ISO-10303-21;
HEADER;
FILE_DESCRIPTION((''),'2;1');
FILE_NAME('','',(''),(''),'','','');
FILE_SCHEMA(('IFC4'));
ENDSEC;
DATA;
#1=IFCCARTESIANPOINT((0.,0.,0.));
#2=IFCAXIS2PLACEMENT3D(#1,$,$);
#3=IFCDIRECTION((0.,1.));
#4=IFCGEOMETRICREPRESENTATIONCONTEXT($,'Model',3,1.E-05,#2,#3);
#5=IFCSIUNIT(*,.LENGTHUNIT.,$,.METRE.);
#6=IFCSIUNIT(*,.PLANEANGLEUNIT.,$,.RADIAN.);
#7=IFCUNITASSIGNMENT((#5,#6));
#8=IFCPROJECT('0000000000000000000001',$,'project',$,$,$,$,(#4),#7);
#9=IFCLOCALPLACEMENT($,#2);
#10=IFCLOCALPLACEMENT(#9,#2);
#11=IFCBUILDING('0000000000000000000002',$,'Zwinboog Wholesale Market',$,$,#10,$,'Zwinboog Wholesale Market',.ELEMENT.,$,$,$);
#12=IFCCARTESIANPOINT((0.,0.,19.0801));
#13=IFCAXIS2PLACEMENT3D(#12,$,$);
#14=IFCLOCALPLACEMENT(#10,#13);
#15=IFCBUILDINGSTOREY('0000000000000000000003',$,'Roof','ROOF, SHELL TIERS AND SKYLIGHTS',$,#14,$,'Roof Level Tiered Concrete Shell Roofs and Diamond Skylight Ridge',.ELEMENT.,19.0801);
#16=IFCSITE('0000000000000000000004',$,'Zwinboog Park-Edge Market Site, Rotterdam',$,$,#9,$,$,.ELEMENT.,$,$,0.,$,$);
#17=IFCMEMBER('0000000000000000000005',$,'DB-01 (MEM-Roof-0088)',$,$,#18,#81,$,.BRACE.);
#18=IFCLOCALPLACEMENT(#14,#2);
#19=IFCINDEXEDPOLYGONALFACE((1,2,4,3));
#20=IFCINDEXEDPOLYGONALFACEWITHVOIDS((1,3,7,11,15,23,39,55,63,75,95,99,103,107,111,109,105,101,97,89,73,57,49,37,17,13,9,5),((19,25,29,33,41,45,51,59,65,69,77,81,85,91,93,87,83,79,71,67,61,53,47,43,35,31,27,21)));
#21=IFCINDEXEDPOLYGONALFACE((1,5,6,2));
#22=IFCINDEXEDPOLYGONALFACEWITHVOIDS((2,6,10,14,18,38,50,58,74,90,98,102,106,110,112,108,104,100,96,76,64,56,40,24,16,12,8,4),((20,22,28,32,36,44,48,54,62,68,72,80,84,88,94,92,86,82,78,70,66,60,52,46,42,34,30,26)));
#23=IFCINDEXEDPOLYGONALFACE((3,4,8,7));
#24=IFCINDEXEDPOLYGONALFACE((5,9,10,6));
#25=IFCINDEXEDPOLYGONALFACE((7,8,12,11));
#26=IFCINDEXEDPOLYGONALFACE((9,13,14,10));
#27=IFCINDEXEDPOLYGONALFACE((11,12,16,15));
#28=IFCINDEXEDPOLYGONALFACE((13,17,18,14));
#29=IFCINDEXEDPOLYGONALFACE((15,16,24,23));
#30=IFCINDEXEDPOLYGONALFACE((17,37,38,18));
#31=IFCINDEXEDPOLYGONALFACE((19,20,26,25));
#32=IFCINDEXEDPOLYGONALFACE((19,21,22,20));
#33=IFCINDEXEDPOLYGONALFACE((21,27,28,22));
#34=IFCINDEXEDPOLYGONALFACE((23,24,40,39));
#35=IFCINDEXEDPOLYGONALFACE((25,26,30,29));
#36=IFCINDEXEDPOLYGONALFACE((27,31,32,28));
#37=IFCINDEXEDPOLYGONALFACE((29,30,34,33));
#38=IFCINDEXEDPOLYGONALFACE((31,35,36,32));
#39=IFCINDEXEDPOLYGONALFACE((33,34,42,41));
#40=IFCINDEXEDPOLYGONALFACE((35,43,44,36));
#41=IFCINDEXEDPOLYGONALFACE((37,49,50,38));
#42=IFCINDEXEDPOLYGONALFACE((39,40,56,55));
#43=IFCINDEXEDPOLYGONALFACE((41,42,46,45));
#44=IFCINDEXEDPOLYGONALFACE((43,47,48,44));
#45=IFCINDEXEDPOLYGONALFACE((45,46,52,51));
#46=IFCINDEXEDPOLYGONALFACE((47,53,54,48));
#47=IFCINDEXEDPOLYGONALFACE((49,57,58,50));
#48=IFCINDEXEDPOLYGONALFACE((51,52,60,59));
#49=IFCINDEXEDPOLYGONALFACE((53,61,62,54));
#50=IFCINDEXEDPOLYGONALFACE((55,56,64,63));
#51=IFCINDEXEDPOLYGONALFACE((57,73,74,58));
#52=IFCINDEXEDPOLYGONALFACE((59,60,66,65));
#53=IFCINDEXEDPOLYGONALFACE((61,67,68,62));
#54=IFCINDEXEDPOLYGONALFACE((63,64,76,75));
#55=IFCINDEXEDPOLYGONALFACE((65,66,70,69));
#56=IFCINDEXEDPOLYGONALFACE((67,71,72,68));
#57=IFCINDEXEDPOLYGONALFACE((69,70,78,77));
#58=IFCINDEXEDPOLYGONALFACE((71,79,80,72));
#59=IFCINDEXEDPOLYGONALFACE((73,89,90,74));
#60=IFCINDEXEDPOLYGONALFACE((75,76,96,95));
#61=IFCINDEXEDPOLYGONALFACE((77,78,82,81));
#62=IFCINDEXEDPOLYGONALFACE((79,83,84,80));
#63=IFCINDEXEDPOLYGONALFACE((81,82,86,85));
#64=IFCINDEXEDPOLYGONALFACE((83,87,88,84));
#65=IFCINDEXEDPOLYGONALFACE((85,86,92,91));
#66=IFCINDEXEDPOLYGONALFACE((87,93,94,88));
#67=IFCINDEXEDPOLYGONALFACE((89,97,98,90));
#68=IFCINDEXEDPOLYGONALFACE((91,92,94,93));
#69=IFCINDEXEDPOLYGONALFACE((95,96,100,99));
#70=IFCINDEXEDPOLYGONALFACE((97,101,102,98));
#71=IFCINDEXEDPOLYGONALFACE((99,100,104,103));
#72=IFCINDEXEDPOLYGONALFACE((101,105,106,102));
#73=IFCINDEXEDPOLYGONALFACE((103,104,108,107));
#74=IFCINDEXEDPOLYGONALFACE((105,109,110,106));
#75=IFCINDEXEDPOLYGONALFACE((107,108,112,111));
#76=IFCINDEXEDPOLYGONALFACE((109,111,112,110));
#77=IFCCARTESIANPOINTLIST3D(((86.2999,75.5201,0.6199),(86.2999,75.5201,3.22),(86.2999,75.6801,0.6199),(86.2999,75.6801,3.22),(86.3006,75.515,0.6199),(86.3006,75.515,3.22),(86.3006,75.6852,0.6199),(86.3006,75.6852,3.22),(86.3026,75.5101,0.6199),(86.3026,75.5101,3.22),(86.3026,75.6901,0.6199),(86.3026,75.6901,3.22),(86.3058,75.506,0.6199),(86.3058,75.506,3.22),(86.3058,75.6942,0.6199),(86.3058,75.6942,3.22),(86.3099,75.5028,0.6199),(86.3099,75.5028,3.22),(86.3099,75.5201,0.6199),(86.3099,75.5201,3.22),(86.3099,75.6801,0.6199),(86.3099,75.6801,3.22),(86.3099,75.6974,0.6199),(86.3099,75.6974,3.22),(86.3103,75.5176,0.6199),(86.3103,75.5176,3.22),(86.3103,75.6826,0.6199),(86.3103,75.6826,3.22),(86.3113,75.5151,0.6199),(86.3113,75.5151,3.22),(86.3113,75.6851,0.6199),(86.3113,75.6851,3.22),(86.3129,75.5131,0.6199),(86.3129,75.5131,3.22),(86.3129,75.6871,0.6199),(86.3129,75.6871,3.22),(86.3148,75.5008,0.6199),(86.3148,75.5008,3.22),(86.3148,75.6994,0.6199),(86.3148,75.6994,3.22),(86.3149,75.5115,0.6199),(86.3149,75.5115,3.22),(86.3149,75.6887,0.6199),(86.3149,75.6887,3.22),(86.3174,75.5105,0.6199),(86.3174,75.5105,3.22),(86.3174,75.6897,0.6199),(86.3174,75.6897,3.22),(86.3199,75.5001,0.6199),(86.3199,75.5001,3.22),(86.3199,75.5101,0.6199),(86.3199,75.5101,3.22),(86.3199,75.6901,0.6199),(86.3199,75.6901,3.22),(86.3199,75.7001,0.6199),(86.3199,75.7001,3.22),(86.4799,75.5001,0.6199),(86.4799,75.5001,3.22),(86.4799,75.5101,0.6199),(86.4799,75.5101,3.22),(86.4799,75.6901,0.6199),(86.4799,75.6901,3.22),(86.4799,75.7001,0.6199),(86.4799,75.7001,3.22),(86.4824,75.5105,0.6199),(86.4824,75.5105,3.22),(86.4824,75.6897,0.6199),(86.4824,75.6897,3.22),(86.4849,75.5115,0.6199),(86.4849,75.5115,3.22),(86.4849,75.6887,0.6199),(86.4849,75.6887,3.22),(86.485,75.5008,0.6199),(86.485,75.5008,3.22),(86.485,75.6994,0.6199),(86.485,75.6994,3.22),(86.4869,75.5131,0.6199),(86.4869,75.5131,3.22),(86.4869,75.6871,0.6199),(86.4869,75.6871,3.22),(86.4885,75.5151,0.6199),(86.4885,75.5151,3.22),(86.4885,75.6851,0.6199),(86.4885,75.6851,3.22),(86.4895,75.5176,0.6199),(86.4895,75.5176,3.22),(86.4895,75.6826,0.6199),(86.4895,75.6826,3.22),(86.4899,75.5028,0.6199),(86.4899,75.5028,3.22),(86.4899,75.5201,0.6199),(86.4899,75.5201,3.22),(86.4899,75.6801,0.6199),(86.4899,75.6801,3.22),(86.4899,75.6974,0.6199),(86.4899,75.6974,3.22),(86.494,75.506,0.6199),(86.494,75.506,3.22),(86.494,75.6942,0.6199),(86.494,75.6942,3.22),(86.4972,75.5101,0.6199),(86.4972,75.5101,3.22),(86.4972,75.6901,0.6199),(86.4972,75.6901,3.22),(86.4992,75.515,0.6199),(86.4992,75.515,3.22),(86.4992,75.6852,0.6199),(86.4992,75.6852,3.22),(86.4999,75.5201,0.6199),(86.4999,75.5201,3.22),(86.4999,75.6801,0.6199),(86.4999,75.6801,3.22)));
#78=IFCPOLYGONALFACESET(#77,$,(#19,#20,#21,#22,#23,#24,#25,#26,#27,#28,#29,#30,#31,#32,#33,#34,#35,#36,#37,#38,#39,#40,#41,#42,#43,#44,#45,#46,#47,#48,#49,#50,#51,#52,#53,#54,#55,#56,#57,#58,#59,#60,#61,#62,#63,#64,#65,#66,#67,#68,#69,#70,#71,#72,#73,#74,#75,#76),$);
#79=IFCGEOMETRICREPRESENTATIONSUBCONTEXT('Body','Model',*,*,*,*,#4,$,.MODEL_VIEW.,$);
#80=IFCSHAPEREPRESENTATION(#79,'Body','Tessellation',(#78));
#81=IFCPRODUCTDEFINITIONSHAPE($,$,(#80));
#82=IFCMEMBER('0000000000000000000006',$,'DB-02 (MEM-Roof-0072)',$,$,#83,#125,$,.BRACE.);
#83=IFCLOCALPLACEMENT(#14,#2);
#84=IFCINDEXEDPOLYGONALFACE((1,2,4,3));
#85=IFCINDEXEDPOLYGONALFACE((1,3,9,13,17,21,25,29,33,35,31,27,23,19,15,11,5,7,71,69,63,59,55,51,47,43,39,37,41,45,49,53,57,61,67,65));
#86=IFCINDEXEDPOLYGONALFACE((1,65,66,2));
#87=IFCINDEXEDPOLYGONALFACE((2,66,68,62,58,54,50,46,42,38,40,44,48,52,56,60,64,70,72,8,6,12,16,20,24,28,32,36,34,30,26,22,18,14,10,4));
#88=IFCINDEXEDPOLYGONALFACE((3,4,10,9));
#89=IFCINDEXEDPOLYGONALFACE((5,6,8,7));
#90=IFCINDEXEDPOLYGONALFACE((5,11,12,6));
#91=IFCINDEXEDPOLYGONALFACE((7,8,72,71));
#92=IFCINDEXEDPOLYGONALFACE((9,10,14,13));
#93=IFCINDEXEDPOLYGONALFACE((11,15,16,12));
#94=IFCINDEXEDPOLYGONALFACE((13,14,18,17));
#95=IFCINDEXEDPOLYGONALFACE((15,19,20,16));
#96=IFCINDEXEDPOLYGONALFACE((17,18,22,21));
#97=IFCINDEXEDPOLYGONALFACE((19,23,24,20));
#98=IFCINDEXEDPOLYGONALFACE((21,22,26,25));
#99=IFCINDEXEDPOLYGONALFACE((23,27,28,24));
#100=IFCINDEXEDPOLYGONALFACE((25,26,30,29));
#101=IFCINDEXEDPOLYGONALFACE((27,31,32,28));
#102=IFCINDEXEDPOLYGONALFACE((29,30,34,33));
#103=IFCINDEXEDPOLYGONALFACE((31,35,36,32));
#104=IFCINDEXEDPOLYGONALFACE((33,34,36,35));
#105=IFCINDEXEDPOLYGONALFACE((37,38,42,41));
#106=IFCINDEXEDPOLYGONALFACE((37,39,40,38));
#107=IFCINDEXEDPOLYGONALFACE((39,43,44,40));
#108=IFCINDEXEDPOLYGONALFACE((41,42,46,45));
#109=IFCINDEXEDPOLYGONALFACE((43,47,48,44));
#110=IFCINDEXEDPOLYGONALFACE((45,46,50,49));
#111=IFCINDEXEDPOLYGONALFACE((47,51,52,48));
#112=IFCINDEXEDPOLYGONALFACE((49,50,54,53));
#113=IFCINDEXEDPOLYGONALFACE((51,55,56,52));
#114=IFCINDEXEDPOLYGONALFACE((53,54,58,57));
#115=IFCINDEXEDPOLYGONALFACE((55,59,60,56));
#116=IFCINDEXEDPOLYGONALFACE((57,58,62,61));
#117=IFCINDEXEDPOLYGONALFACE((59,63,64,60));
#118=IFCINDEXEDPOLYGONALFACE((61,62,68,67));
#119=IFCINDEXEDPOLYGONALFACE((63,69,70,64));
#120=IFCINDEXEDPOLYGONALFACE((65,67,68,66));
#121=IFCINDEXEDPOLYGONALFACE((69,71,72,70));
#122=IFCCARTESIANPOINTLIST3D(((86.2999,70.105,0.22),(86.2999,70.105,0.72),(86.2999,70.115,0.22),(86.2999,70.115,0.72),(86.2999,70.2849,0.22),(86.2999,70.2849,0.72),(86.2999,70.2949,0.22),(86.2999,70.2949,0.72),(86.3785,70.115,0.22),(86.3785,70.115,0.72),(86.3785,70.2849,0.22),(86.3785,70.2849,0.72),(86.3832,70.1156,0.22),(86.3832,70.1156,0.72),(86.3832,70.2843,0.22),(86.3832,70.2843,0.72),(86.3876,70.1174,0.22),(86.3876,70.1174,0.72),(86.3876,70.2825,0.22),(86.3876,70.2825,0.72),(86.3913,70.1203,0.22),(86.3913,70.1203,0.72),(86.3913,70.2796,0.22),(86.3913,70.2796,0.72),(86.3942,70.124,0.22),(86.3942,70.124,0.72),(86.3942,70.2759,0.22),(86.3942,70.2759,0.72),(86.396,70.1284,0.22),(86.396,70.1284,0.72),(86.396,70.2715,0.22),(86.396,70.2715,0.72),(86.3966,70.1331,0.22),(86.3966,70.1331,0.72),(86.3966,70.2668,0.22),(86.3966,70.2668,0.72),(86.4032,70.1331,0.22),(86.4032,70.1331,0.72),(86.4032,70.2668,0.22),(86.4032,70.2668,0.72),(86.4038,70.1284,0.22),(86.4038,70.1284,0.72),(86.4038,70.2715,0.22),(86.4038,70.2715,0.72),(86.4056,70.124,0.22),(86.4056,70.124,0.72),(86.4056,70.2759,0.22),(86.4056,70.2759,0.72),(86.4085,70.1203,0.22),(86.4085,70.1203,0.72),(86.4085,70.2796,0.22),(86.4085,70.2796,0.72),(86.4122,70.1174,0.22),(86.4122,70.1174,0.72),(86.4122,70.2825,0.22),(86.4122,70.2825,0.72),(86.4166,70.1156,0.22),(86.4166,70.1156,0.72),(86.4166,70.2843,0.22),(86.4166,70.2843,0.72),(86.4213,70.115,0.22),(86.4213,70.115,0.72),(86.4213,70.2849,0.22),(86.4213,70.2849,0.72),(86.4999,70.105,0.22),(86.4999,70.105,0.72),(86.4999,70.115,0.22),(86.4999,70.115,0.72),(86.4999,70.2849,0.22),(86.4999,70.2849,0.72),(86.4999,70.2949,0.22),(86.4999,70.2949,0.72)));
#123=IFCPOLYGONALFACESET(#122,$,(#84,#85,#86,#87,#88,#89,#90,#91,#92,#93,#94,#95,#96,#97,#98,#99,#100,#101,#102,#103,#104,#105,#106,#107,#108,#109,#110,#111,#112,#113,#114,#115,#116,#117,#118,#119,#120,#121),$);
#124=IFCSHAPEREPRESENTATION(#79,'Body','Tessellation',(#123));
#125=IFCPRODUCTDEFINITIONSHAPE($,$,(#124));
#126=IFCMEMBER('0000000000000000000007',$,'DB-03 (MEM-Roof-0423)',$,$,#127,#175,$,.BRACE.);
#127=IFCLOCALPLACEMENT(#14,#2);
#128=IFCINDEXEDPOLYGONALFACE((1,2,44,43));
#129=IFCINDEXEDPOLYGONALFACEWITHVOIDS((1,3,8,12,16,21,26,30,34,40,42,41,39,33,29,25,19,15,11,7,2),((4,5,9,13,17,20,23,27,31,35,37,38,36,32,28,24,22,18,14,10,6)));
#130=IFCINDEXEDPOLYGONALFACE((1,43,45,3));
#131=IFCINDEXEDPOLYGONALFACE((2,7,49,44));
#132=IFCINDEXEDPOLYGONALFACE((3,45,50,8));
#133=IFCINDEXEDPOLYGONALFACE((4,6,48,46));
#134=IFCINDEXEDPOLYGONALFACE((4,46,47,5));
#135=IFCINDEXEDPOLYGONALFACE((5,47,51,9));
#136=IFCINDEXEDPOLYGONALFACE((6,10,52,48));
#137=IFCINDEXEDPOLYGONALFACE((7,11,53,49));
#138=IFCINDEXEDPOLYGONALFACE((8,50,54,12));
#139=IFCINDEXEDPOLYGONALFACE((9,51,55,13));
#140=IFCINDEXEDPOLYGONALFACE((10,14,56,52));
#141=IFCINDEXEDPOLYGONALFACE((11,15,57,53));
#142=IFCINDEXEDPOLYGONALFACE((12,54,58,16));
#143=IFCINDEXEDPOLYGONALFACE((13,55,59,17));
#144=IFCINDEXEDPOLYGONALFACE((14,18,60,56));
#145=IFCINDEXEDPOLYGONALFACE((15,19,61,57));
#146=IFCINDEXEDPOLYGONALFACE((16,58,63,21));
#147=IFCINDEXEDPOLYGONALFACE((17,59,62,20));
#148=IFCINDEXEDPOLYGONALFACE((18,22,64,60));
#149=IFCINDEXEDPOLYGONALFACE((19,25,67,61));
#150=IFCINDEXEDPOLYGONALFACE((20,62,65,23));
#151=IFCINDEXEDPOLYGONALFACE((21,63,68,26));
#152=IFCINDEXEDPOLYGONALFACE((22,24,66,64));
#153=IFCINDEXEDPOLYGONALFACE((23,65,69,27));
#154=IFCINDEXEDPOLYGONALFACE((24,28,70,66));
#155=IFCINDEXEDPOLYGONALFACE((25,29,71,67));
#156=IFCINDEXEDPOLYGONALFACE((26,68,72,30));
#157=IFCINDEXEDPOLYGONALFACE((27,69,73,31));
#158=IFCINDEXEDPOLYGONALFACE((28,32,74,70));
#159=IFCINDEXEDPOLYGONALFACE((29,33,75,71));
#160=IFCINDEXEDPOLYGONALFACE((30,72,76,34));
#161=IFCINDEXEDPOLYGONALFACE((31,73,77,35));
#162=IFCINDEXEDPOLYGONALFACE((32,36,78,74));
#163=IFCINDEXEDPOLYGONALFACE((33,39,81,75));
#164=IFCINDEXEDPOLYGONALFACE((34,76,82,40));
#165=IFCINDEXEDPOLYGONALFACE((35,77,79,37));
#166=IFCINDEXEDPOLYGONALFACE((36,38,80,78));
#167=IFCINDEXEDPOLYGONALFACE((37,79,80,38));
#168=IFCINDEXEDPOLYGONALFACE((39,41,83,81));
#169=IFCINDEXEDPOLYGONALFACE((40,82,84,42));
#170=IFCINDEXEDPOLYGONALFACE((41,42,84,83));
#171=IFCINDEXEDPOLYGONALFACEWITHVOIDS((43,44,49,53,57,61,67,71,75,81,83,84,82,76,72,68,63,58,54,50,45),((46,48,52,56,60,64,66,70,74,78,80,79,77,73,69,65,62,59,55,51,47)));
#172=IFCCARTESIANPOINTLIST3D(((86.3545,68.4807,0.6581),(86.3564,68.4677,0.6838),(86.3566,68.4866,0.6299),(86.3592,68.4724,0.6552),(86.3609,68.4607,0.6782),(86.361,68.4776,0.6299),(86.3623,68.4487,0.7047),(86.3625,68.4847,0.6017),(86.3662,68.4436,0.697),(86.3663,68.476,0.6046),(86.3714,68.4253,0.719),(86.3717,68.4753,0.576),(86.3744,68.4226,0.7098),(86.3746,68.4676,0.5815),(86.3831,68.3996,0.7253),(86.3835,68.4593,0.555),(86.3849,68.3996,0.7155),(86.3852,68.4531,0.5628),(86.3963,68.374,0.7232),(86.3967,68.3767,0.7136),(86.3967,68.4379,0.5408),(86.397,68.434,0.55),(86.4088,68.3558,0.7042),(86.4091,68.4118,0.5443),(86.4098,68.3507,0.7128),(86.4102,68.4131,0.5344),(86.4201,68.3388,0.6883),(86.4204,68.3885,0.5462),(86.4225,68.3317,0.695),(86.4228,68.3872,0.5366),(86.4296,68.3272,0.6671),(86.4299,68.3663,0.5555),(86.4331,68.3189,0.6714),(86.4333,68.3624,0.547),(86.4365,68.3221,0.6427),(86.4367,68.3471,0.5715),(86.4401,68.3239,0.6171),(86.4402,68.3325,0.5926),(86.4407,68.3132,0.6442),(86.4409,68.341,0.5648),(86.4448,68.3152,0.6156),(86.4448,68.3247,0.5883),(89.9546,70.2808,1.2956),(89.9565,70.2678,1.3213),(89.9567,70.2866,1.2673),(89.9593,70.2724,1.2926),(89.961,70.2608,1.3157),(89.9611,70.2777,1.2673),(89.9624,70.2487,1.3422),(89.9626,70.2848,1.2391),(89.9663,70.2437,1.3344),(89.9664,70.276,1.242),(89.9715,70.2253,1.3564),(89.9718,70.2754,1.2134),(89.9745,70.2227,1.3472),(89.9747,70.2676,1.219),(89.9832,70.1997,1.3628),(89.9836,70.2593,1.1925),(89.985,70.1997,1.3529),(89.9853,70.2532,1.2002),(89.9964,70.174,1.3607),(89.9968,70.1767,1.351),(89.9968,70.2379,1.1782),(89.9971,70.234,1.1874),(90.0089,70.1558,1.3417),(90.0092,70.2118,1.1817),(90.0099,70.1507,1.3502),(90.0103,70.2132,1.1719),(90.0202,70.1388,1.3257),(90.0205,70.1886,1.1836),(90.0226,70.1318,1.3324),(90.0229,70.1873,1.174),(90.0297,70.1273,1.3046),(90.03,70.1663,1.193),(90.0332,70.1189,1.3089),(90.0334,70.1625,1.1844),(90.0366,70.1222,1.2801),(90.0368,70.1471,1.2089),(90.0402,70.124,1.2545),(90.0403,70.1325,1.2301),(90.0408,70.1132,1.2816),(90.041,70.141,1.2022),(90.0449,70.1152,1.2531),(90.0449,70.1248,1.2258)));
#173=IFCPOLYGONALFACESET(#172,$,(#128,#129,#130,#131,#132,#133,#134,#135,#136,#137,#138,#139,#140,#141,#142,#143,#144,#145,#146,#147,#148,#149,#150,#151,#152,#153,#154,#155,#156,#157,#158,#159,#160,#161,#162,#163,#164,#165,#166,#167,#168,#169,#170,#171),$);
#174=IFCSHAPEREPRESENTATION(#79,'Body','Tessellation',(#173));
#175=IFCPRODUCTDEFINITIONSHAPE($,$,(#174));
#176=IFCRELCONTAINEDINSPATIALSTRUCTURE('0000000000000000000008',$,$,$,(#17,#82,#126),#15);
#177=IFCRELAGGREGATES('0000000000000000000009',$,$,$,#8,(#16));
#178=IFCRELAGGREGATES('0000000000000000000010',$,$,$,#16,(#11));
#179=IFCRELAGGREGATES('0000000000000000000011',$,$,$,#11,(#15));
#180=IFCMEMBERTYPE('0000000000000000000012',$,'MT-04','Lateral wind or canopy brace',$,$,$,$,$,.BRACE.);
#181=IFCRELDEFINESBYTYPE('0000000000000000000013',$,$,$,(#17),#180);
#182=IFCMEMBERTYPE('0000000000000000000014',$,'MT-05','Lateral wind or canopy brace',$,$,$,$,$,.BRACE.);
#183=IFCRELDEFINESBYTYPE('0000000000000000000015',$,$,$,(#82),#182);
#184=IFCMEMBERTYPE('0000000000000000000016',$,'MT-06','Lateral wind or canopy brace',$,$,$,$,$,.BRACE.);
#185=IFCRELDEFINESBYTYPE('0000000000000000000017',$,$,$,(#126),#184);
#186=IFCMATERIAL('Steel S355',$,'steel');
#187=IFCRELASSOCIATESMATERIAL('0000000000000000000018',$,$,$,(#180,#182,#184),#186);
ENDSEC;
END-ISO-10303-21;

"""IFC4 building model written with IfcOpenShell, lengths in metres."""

from ifc_helpers import new_model, si_unit, direction, frame, origin, origin_2d, place, context, subcontext, project, spatial, hollow_rectangle, hollow_circle, i_section, extrude, material, material_profile, profile_set, type_object, element, save


model = new_model("IFC4")

# Units and contexts
model_context = context("Model", 3, precision=1e-05, world=origin(), true_north=direction((0.0, 1.0)))
body_context = subcontext(model_context, "Body", "Model", "MODEL_VIEW")
ifc_project = project(units=[si_unit("LENGTHUNIT", "METRE"), si_unit("PLANEANGLEUNIT", "RADIAN")], contexts=[model_context])

# Site, building, storey
site_placement = place(None, origin())
site = spatial("IfcSite", under=ifc_project, at=site_placement, Name="Zwinboog Park-Edge Market Site, Rotterdam", CompositionType="ELEMENT", RefElevation=0.0)
building_placement = place(site_placement, origin())
building = spatial("IfcBuilding", under=site, at=building_placement, Name="Zwinboog Wholesale Market", LongName="Zwinboog Wholesale Market", CompositionType="ELEMENT")
storey_placement = place(building_placement, frame((0.0, 0.0, 19.0801)))
storey = spatial("IfcBuildingStorey", under=building, at=storey_placement, Name="Roof", Description="ROOF, SHELL TIERS AND SKYLIGHTS", LongName="Roof Level Tiered Concrete Shell Roofs and Diamond Skylight Ridge", CompositionType="ELEMENT", Elevation=19.0801)

# Members
ifc_material_1 = material(Name="Steel S355", Category="steel")
ifc_material_profile_1 = material_profile(ifc_material_1, hollow_rectangle(XDim=0.2, YDim=0.2, WallThickness=0.01, InnerFilletRadius=0.01, OuterFilletRadius=0.02, at=origin_2d()), Name="SHS 200x200x10")
ifc_profile_set_1 = profile_set([ifc_material_profile_1], Name="Steel S355")
member_type_1 = type_object("IfcMemberType", Name="MT-04", Description="Lateral wind or canopy brace", PredefinedType="BRACE", material=ifc_profile_set_1)
member_1_placement = place(storey_placement, frame((86.3999, 75.6001, 0.6199), z_axis=(0.0, 0.0, 1.0), x_axis=(1.0, 0.0, 0.0)))
element("IfcMember", 1, at=member_1_placement, inside=storey, type_object=member_type_1, Name="DB-01 (MEM-Roof-0088)", PredefinedType="BRACE", context=body_context, shape_type="SweptSolid", body=[
    extrude(hollow_rectangle(XDim=0.2, YDim=0.2, WallThickness=0.01, InnerFilletRadius=0.01, OuterFilletRadius=0.02, at=origin_2d()), origin(), (0.0, 0.0, 1.0), 2.6001),
])
ifc_material_profile_2 = material_profile(ifc_material_1, i_section(OverallWidth=0.2, OverallDepth=0.1899, WebThickness=0.0066, FlangeThickness=0.01, FilletRadius=0.0181, at=origin_2d()), Name="HEA 200")
ifc_profile_set_2 = profile_set([ifc_material_profile_2], Name="Steel S355")
member_type_2 = type_object("IfcMemberType", Name="MT-05", Description="Lateral wind or canopy brace", PredefinedType="BRACE", material=ifc_profile_set_2)
member_2_placement = place(storey_placement, frame((86.3999, 70.2, 0.22), z_axis=(0.0, 0.0, 1.0), x_axis=(1.0, 0.0, 0.0)))
element("IfcMember", 2, at=member_2_placement, inside=storey, type_object=member_type_2, Name="DB-02 (MEM-Roof-0072)", PredefinedType="BRACE", context=body_context, shape_type="SweptSolid", body=[
    extrude(i_section(OverallWidth=0.2, OverallDepth=0.1899, WebThickness=0.0066, FlangeThickness=0.01, FilletRadius=0.0181, at=origin_2d()), origin(), (0.0, 0.0, 1.0), 0.5),
])
ifc_material_profile_3 = material_profile(ifc_material_1, hollow_circle(Radius=0.0969, WallThickness=0.01, at=origin_2d()), Name="CHS 193.7x10")
ifc_profile_set_3 = profile_set([ifc_material_profile_3], Name="Steel S355")
member_type_3 = type_object("IfcMemberType", Name="MT-06", Description="Lateral wind or canopy brace", PredefinedType="BRACE", material=ifc_profile_set_3)
for number, where, z_axis, x_axis, name in (
    (3, (86.3999, 68.3999, 0.6299), (0.883417, 0.441709, 0.156422), (-0.447214, 0.894427, 0.0), "DB-03 (MEM-Roof-0423)"),
):
    element("IfcMember", number, at=place(storey_placement, frame(where, z_axis=z_axis, x_axis=x_axis)), inside=storey, type_object=member_type_3, Name=name, PredefinedType="BRACE", context=body_context, shape_type="SweptSolid", body=[
        extrude(hollow_circle(Radius=0.0969, WallThickness=0.01, at=origin_2d()), origin(), (0.0, 0.0, 1.0), 4.0752),
    ])

save(model, "model.ifc")
